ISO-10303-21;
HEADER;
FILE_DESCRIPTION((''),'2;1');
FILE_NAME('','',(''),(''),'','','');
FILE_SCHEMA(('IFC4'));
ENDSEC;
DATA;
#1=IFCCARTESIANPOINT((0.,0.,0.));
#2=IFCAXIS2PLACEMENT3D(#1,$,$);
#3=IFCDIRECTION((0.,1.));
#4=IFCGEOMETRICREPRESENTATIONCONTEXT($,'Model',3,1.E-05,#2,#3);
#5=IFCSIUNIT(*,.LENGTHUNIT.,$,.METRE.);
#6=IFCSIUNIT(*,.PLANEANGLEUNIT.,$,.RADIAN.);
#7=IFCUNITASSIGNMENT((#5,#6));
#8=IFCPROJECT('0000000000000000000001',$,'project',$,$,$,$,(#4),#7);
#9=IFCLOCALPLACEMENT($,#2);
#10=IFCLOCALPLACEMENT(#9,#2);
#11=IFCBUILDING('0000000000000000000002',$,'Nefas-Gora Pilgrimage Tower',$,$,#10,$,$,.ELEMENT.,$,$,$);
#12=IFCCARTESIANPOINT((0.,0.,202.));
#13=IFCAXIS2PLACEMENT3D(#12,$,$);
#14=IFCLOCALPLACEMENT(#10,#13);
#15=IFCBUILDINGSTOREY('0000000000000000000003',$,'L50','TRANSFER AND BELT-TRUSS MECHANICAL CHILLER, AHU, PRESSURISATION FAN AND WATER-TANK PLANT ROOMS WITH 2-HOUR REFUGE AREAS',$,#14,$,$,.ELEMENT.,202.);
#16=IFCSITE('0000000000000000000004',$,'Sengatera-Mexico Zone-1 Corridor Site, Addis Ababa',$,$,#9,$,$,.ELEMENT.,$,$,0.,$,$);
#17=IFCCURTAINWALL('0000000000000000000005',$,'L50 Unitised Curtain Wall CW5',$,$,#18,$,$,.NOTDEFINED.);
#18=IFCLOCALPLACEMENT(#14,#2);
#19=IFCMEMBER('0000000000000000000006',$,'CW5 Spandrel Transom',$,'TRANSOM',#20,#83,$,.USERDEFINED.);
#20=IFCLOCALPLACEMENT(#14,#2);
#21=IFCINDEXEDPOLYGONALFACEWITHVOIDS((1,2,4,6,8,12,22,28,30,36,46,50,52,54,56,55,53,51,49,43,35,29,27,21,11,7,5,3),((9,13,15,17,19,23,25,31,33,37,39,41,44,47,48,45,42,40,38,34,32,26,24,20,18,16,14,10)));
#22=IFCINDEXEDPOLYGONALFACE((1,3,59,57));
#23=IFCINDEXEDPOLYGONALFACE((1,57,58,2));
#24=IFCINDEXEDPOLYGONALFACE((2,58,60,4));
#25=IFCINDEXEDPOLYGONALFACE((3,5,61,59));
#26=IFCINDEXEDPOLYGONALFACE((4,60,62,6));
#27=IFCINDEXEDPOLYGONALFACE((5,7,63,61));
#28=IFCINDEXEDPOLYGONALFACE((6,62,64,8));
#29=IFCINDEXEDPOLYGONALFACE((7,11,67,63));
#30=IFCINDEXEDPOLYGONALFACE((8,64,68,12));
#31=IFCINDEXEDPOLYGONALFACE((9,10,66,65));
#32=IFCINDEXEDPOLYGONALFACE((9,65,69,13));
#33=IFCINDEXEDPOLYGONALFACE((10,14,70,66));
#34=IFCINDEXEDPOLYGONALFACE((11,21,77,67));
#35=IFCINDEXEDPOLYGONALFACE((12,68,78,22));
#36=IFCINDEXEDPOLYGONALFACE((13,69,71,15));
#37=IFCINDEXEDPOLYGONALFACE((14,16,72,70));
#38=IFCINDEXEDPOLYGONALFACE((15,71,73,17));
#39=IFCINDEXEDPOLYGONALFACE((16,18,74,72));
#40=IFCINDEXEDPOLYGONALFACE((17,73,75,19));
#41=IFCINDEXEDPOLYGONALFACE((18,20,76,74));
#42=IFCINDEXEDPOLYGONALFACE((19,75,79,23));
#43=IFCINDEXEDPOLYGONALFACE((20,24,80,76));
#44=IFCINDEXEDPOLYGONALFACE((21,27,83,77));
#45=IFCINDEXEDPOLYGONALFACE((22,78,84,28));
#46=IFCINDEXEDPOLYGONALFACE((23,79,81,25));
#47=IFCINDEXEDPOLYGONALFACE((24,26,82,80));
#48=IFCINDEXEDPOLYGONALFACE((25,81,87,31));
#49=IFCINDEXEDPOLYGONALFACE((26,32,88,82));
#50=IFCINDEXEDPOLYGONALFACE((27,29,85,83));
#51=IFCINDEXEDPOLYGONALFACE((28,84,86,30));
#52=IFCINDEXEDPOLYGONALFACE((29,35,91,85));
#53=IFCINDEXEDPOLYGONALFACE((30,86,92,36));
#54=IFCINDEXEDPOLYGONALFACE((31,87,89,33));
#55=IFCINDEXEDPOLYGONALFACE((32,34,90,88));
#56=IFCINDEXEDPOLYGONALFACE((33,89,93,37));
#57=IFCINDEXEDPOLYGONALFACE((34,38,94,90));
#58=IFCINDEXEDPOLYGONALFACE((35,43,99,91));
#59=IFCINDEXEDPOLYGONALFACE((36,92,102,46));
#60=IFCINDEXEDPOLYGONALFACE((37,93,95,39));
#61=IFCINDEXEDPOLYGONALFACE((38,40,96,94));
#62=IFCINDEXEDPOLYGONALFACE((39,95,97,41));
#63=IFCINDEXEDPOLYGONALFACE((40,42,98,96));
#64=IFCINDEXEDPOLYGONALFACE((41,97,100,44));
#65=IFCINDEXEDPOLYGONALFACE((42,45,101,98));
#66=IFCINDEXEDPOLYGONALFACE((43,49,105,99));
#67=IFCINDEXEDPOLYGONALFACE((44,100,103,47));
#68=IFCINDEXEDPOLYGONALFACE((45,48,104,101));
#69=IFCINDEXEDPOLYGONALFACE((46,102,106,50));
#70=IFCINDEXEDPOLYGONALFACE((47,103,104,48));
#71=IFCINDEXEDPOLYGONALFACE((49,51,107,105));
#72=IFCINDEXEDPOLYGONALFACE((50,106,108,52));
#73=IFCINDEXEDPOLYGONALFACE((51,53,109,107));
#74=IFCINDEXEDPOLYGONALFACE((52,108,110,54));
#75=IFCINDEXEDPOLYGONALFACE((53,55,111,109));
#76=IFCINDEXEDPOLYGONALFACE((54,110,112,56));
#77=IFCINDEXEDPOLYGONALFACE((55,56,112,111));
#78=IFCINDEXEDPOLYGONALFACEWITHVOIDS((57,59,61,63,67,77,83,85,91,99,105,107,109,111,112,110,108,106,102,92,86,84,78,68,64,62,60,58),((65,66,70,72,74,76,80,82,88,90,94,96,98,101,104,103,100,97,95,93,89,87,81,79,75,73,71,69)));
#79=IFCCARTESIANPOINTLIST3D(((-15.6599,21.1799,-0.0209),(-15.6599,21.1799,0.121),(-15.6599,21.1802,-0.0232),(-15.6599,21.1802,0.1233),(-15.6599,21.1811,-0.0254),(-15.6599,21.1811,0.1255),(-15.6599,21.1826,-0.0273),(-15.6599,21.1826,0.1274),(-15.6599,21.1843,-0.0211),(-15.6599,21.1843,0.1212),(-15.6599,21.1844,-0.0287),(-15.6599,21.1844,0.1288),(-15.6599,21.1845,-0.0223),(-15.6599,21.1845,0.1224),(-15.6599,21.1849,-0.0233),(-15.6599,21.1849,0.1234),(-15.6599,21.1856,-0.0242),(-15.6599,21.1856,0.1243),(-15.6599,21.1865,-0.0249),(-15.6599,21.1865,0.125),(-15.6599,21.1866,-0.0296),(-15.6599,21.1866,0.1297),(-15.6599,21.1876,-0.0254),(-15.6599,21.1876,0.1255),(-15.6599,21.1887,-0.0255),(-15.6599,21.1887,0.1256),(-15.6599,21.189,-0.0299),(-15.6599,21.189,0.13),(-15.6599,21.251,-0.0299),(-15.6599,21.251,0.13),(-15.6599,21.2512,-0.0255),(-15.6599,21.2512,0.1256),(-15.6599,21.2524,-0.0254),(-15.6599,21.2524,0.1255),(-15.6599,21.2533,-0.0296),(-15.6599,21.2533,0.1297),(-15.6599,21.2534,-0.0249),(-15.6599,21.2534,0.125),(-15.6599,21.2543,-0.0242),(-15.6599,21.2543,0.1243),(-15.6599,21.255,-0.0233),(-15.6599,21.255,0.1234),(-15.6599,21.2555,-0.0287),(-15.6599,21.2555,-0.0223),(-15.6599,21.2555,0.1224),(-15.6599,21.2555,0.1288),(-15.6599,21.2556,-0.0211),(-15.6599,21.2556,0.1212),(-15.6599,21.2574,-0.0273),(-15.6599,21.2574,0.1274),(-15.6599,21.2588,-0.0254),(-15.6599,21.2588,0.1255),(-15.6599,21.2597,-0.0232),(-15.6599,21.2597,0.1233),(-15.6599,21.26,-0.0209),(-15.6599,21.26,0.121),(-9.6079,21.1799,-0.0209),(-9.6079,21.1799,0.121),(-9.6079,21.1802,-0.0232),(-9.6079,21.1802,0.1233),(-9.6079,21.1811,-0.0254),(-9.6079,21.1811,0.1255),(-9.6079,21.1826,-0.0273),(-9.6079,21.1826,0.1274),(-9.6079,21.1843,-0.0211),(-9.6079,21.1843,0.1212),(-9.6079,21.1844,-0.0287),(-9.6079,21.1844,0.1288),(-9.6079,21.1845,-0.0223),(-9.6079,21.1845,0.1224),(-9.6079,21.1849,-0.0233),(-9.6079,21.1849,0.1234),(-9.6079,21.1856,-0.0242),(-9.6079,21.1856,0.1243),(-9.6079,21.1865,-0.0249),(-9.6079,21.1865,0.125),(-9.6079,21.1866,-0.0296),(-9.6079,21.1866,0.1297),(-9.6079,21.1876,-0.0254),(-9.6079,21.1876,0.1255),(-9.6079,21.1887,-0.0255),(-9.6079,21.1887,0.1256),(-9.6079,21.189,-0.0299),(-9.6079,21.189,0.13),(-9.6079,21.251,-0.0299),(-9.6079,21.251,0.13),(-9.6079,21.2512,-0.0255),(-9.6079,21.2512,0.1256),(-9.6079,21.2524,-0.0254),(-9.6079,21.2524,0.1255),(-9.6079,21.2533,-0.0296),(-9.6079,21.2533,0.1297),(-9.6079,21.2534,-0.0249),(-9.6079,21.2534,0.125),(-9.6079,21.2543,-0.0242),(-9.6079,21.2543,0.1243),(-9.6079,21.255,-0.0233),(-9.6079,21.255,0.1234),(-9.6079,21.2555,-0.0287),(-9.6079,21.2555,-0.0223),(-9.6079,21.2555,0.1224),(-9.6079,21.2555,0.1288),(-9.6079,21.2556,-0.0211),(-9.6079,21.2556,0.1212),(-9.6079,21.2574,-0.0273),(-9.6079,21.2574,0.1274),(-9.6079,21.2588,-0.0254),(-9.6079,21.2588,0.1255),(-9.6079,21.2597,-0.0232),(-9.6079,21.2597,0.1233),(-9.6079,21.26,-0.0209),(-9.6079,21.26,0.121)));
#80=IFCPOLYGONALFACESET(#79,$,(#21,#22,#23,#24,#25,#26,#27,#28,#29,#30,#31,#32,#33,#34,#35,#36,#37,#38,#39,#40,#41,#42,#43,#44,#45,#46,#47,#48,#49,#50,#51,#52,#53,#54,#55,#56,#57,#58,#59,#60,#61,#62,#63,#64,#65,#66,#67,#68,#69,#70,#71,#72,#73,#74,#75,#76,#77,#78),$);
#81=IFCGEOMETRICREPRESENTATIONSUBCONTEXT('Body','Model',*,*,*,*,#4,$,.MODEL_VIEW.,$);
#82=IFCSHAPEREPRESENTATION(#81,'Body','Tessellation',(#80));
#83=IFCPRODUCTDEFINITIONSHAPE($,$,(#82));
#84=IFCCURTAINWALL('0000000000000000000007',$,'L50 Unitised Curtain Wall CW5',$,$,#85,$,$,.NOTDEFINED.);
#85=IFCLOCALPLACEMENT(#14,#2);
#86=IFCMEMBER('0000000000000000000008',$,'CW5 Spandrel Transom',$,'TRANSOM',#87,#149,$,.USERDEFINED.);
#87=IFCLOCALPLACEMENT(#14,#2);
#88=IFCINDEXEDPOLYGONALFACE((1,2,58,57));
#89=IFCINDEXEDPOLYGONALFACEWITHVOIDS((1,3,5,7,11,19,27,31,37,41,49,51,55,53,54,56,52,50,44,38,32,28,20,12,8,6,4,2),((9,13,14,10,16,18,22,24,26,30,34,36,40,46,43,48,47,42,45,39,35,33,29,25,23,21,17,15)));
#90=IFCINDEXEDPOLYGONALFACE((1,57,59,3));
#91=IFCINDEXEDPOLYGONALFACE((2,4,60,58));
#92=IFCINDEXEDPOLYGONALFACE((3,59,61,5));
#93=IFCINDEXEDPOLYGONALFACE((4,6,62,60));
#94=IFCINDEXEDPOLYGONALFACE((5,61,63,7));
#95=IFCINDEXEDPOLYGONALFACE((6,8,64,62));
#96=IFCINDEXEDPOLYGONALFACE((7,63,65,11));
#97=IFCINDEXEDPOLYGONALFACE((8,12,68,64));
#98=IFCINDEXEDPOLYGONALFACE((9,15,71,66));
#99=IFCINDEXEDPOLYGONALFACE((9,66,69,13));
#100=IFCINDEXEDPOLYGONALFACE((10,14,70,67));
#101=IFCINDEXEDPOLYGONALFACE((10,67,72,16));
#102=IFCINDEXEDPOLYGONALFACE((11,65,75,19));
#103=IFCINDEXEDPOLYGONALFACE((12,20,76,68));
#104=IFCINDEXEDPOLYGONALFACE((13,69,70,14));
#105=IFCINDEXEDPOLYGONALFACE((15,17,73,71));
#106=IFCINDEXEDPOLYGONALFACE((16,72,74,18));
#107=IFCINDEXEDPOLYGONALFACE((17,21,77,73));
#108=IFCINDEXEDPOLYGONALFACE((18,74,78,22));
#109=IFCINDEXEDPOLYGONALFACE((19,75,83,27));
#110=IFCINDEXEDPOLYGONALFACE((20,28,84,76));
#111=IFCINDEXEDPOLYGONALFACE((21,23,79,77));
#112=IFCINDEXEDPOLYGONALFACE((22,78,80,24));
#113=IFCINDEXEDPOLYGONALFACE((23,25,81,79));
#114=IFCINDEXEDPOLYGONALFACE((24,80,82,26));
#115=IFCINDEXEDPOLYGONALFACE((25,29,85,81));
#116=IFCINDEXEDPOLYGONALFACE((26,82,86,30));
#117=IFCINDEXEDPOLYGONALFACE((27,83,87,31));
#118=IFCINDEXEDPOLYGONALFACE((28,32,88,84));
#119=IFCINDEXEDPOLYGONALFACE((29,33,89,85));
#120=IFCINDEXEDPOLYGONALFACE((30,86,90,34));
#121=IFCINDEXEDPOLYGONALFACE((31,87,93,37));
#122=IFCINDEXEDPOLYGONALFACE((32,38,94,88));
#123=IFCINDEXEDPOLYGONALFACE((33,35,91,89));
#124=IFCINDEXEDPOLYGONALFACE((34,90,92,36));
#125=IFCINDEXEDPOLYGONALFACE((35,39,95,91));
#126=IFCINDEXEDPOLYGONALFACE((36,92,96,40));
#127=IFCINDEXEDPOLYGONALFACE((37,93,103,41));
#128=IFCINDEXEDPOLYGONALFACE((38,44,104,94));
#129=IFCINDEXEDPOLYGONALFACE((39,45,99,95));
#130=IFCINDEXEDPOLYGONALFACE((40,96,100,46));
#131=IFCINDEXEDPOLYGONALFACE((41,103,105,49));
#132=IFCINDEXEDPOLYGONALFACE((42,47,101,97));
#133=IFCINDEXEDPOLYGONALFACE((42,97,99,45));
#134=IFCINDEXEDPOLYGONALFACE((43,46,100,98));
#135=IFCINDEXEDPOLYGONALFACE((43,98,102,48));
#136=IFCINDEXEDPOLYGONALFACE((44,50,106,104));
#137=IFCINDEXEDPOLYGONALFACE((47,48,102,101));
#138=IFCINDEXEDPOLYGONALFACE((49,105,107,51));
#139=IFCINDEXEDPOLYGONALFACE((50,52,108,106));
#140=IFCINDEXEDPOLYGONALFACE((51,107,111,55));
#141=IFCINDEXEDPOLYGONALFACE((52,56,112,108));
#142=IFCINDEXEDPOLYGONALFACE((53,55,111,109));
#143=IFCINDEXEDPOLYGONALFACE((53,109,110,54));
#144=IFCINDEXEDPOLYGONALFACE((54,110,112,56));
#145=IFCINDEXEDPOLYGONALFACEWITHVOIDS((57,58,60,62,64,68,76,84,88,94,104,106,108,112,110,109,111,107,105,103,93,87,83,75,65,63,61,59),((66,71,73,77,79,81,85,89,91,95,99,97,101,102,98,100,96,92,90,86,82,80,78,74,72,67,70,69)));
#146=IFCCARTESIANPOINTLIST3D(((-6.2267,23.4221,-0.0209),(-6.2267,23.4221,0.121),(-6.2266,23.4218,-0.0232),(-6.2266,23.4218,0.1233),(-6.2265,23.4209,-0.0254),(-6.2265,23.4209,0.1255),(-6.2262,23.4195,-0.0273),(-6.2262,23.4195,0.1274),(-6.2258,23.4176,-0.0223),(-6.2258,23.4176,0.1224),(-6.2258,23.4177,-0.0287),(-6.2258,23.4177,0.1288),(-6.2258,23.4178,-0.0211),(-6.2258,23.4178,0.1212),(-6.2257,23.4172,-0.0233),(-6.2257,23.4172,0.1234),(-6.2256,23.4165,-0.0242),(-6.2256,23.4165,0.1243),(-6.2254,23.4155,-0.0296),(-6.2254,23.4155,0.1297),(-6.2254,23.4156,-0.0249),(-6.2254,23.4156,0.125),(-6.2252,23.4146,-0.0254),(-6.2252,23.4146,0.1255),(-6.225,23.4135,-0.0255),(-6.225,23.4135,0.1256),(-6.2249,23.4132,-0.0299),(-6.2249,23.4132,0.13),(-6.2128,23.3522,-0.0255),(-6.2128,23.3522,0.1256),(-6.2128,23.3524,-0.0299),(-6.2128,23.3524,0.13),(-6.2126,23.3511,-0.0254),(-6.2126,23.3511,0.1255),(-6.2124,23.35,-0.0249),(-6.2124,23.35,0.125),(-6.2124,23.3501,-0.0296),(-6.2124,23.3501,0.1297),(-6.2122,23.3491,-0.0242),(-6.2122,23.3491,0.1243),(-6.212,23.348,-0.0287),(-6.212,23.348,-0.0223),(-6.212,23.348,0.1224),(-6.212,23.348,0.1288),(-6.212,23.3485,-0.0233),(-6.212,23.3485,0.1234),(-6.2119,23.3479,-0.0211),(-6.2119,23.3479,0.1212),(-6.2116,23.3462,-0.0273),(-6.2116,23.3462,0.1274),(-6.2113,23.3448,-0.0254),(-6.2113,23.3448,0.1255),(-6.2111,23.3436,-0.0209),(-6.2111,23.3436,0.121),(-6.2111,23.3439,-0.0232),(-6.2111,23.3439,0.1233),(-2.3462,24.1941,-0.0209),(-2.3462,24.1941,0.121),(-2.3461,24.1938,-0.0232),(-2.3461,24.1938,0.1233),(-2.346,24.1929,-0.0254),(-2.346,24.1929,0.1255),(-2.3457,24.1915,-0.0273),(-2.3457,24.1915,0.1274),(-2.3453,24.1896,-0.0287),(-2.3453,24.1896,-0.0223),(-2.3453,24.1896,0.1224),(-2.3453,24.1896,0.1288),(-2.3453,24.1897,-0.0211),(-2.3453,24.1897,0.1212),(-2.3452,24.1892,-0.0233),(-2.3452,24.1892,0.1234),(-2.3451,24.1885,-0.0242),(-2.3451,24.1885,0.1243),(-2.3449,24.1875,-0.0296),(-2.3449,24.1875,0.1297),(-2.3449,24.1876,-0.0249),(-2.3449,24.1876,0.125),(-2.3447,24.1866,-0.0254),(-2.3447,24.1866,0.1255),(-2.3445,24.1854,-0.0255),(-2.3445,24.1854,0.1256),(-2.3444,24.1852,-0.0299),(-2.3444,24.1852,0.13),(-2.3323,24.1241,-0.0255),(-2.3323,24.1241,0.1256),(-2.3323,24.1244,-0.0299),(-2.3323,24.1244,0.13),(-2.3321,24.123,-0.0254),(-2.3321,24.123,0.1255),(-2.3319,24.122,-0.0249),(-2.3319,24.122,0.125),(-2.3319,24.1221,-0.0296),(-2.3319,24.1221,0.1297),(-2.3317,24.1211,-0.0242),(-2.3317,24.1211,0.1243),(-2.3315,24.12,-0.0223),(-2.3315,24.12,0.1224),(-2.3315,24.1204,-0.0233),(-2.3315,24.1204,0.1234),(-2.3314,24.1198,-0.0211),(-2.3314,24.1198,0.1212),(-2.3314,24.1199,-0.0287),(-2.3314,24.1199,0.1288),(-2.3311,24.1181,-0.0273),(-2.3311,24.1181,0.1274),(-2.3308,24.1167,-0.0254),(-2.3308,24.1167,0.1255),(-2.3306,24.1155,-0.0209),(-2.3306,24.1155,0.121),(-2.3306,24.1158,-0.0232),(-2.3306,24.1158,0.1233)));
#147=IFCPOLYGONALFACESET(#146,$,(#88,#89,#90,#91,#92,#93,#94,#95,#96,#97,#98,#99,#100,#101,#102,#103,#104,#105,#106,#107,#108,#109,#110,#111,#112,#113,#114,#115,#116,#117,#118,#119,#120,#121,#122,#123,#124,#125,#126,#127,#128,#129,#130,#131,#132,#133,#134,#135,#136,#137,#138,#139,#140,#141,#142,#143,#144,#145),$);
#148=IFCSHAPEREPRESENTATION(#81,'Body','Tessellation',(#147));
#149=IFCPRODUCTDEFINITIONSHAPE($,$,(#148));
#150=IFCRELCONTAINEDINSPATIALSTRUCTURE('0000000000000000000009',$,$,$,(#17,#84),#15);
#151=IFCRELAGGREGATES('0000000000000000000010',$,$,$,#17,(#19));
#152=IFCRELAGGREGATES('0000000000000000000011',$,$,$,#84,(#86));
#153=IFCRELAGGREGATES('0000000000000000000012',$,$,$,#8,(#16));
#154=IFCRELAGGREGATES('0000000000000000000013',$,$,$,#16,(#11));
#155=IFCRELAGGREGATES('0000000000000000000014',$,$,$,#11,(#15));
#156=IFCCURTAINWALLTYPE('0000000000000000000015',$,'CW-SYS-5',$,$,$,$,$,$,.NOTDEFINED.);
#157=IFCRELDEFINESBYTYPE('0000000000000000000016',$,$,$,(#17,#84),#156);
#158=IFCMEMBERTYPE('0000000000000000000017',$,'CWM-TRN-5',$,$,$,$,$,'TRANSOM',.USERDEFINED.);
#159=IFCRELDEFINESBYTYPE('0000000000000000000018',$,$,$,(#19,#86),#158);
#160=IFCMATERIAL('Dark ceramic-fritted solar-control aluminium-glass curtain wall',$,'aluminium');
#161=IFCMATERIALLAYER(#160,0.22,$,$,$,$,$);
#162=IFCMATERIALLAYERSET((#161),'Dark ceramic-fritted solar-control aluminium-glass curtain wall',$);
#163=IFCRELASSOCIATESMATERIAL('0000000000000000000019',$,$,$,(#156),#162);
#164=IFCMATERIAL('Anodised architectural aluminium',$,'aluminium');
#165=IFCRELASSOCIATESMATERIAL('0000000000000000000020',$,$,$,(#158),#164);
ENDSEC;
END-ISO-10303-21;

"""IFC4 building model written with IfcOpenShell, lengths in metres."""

from ifc_helpers import new_model, si_unit, direction, frame, origin, origin_2d, place, context, subcontext, project, spatial, hollow_rectangle, extrude, source, transform, mapped, material, layer, layer_set, material_profile, profile_set, type_object, element, aggregate, save


model = new_model("IFC4")

# Units and contexts
model_context = context("Model", 3, precision=1e-05, world=origin(), true_north=direction((0.0, 1.0)))
body_context = subcontext(model_context, "Body", "Model", "MODEL_VIEW")
ifc_project = project(units=[si_unit("LENGTHUNIT", "METRE"), si_unit("PLANEANGLEUNIT", "RADIAN")], contexts=[model_context])

# Site, building, storey
site_placement = place(None, origin())
site = spatial("IfcSite", under=ifc_project, at=site_placement, Name="Sengatera-Mexico Zone-1 Corridor Site, Addis Ababa", CompositionType="ELEMENT", RefElevation=0.0)
building_placement = place(site_placement, origin())
building = spatial("IfcBuilding", under=site, at=building_placement, Name="Nefas-Gora Pilgrimage Tower", CompositionType="ELEMENT")
storey_placement = place(building_placement, frame((0.0, 0.0, 202.0)))
storey = spatial("IfcBuildingStorey", under=building, at=storey_placement, Name="L50", Description="TRANSFER AND BELT-TRUSS MECHANICAL CHILLER, AHU, PRESSURISATION FAN AND WATER-TANK PLANT ROOMS WITH 2-HOUR REFUGE AREAS", CompositionType="ELEMENT", Elevation=202.0)

# Curtain walls, members
ifc_material_1 = material(Name="Dark ceramic-fritted solar-control aluminium-glass curtain wall", Category="aluminium")
ifc_layer_1 = layer(ifc_material_1, 0.22)
ifc_layer_set_1 = layer_set([ifc_layer_1], Name="Dark ceramic-fritted solar-control aluminium-glass curtain wall")
curtain_wall_type = type_object("IfcCurtainWallType", Name="CW-SYS-5", PredefinedType="NOTDEFINED", material=ifc_layer_set_1)
curtain_wall_1_placement = place(storey_placement, origin())
curtain_wall_1 = element("IfcCurtainWall", 1, at=curtain_wall_1_placement, inside=storey, type_object=curtain_wall_type, Name="L50 Unitised Curtain Wall CW5", PredefinedType="NOTDEFINED")
ifc_material_2 = material(Name="Anodised architectural aluminium", Category="aluminium")
ifc_material_profile_1 = material_profile(ifc_material_2, hollow_rectangle(XDim=0.0801, YDim=0.1599, WallThickness=0.0044, InnerFilletRadius=0.0044, OuterFilletRadius=0.009, at=origin_2d()), Name="ALU TRANSOM 80x160")
ifc_profile_set_1 = profile_set([ifc_material_profile_1], Name="Anodised architectural aluminium")
member_type_1 = type_object("IfcMemberType", Name="CWM-TRN-5", ElementType="TRANSOM", PredefinedType="USERDEFINED", material=ifc_profile_set_1)
shared_shape_1 = source(origin(), body_context, "Body", "SweptSolid", [
    extrude(hollow_rectangle(XDim=0.0801, YDim=0.1599, WallThickness=0.0044, InnerFilletRadius=0.0044, OuterFilletRadius=0.009, at=origin_2d()), origin(), (0.0, 0.0, 1.0), 6.052),
])
member_1_placement = place(storey_placement, frame((-9.6079, 21.22, 0.05), z_axis=(-1.0, 0.0, 0.0), x_axis=(0.0, -1.0, 0.0)))
member_1 = element("IfcMember", 2, at=member_1_placement, type_object=member_type_1, Name="CW5 Spandrel Transom", ObjectType="TRANSOM", PredefinedType="USERDEFINED", context=body_context, shape_type="MappedRepresentation", body=[
    mapped(shared_shape_1, transform((0.0, 0.0, 0.0), x_axis=(1.0, 0.0, 0.0), y_axis=(0.0, 1.0, 0.0), z_axis=(0.0, 0.0, 1.0), scale=1.0)),
])
curtain_wall_2_placement = place(storey_placement, origin())
curtain_wall_2 = element("IfcCurtainWall", 3, at=curtain_wall_2_placement, inside=storey, type_object=curtain_wall_type, Name="L50 Unitised Curtain Wall CW5", PredefinedType="NOTDEFINED")
shared_shape_2 = source(origin(), body_context, "Body", "SweptSolid", [
    extrude(hollow_rectangle(XDim=0.0801, YDim=0.1599, WallThickness=0.0044, InnerFilletRadius=0.0044, OuterFilletRadius=0.009, at=origin_2d()), origin(), (0.0, 0.0, 1.0), 3.9565),
])
member_2_placement = place(storey_placement, frame((-2.3384, 24.1548, 0.05), z_axis=(-0.980782, -0.195107, 0.0), x_axis=(0.195107, -0.980782, 0.0)))
member_2 = element("IfcMember", 4, at=member_2_placement, type_object=member_type_1, Name="CW5 Spandrel Transom", ObjectType="TRANSOM", PredefinedType="USERDEFINED", context=body_context, shape_type="MappedRepresentation", body=[
    mapped(shared_shape_2, transform((0.0, 0.0, 0.0), x_axis=(1.0, 0.0, 0.0), y_axis=(0.0, 1.0, 0.0), z_axis=(0.0, 0.0, 1.0), scale=1.0)),
])

aggregate(curtain_wall_1, [member_1])
aggregate(curtain_wall_2, [member_2])

save(model, "model.ifc")
